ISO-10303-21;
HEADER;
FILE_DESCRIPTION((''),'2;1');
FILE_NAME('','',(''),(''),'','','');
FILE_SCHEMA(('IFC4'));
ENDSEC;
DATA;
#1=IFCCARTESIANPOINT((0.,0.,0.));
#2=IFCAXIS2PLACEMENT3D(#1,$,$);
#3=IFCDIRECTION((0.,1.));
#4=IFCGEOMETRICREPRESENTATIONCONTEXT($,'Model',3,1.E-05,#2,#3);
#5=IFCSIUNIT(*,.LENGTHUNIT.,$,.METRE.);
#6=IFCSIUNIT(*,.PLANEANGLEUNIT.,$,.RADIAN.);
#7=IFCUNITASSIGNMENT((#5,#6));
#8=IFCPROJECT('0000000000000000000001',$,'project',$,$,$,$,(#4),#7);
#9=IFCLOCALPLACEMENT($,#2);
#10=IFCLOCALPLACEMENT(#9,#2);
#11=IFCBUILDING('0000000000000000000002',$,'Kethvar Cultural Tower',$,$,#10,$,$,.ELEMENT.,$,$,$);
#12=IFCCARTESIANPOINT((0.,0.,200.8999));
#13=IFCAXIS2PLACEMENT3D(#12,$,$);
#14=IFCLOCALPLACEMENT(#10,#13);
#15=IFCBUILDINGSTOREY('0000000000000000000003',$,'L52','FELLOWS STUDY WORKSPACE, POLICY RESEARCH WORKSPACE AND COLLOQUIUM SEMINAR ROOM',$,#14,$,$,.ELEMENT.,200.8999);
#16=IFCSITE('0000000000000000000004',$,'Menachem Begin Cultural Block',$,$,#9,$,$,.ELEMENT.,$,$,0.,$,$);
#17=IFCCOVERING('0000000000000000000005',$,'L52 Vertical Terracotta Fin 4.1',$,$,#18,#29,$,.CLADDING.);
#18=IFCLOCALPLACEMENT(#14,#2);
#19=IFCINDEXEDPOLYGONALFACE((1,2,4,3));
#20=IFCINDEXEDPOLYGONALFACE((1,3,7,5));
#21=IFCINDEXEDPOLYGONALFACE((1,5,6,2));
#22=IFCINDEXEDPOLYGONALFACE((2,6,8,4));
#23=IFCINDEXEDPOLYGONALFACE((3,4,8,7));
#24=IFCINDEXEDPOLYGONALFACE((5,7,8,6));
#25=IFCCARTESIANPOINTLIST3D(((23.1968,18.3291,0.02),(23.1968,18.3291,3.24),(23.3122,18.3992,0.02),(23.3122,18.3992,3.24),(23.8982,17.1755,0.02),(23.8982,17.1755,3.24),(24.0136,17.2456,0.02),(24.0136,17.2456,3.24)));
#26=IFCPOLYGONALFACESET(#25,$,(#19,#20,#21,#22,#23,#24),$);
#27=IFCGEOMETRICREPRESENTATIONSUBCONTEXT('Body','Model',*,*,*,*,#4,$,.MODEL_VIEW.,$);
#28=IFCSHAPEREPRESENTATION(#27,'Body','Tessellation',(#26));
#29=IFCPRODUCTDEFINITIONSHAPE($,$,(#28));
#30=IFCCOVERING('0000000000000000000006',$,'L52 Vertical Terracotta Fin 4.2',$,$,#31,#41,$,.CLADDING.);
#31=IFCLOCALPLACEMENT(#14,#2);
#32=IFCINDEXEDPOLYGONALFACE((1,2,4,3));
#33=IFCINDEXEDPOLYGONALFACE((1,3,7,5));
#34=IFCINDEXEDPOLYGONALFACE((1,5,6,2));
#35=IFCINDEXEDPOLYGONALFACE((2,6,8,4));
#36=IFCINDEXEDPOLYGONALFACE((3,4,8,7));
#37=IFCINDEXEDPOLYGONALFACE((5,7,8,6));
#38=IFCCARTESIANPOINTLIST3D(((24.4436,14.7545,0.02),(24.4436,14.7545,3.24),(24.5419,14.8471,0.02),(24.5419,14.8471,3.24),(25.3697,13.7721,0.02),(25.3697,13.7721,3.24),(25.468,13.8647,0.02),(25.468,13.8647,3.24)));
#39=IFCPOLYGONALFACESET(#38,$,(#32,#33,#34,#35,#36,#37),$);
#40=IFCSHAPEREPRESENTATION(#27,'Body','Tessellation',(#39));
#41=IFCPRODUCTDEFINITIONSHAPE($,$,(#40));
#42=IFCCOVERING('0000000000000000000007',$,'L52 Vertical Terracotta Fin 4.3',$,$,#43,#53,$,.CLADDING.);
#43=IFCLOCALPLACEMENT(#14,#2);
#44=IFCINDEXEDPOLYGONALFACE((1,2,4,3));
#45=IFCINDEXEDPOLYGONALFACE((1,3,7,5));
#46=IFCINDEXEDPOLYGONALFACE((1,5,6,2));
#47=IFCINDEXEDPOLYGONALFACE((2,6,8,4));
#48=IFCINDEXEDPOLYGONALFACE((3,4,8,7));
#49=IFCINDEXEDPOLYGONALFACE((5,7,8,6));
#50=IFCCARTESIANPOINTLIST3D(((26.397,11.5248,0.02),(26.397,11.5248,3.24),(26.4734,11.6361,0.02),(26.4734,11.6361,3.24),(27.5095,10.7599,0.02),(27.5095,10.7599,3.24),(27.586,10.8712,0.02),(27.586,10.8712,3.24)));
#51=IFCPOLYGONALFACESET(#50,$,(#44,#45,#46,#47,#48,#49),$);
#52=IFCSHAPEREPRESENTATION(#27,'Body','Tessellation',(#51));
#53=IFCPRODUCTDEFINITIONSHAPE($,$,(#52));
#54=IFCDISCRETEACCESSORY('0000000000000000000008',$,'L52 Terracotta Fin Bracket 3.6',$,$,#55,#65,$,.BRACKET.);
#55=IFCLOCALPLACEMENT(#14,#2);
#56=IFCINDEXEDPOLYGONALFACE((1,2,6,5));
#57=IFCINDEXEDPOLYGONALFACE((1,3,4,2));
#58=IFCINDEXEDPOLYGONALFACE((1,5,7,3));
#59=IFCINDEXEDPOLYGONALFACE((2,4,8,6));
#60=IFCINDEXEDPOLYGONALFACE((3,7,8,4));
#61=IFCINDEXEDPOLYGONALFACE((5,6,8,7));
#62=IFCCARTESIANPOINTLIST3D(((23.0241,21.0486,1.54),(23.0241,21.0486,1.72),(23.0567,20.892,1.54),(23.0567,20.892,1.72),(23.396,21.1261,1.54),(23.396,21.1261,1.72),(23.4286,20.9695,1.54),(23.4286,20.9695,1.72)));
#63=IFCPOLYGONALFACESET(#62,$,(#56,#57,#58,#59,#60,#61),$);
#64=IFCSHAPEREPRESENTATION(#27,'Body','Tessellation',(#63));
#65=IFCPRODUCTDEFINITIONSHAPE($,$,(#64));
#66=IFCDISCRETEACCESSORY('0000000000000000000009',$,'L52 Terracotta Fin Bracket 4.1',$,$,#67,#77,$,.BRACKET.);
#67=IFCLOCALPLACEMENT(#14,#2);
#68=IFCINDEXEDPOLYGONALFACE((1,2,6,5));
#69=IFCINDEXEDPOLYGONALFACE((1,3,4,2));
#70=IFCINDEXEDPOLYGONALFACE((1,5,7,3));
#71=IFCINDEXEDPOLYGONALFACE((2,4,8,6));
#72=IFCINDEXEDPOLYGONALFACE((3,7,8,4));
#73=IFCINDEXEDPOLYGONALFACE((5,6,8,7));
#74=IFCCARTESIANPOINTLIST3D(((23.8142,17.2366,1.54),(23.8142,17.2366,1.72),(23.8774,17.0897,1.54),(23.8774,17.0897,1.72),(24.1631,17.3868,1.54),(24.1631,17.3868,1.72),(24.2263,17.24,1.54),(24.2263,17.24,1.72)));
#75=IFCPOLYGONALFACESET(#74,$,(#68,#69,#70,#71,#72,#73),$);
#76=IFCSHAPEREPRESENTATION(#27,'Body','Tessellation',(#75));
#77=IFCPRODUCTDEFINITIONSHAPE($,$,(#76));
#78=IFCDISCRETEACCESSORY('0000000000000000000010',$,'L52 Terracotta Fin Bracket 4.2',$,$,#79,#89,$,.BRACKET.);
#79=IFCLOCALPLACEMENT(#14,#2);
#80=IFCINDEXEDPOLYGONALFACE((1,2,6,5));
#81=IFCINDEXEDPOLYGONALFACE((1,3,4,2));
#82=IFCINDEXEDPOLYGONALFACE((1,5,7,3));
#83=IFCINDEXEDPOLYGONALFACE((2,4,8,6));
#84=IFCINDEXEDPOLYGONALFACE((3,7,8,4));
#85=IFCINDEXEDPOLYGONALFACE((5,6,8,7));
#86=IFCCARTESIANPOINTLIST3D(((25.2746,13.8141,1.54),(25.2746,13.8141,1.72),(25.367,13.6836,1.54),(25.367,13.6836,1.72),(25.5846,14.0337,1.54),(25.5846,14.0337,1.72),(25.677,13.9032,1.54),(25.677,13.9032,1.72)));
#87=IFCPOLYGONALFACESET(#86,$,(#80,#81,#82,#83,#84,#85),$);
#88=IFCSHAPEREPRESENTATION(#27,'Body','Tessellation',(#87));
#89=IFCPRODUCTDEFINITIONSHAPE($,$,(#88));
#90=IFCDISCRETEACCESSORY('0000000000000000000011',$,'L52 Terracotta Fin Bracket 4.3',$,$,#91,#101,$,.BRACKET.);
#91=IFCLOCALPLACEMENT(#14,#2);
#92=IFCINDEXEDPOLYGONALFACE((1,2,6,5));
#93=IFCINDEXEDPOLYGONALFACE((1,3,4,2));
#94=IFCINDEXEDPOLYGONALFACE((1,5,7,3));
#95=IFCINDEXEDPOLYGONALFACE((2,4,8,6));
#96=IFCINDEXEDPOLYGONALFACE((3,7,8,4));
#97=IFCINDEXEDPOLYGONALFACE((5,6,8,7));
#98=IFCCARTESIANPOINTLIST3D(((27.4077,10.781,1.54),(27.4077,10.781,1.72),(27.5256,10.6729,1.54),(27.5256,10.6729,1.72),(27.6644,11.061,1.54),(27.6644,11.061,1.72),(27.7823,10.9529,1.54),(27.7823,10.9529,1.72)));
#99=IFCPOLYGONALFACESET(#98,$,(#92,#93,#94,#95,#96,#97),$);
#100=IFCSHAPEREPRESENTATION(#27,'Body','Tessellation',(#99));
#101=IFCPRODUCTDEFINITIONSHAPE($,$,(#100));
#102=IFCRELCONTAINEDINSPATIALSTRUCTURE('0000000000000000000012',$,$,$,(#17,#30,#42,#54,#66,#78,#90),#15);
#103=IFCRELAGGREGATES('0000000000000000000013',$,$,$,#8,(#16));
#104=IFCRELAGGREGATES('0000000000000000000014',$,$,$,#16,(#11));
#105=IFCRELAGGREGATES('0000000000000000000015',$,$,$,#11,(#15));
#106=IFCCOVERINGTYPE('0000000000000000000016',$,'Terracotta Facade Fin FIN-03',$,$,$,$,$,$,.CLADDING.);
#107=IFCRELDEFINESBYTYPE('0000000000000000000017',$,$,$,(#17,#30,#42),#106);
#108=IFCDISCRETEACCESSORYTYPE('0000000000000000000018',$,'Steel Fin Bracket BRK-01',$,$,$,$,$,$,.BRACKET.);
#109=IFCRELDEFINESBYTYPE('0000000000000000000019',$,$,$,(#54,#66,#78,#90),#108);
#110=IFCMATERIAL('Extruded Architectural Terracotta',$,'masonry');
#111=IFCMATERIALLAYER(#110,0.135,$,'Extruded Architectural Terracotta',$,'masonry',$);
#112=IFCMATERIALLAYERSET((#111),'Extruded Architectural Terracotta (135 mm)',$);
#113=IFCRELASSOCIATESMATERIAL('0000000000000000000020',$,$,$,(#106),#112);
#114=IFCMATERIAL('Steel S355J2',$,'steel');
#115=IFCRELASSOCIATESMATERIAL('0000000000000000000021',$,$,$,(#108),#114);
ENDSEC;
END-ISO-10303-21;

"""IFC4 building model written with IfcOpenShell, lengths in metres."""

from ifc_helpers import new_model, si_unit, direction, frame, origin, origin_2d, place, context, subcontext, project, spatial, rectangle, extrude, source, transform, mapped, material, layer, layer_set, type_object, element, save


model = new_model("IFC4")

# Units and contexts
model_context = context("Model", 3, precision=1e-05, world=origin(), true_north=direction((0.0, 1.0)))
body_context = subcontext(model_context, "Body", "Model", "MODEL_VIEW")
ifc_project = project(units=[si_unit("LENGTHUNIT", "METRE"), si_unit("PLANEANGLEUNIT", "RADIAN")], contexts=[model_context])

# Site, building, storey
site_placement = place(None, origin())
site = spatial("IfcSite", under=ifc_project, at=site_placement, Name="Menachem Begin Cultural Block", CompositionType="ELEMENT", RefElevation=0.0)
building_placement = place(site_placement, origin())
building = spatial("IfcBuilding", under=site, at=building_placement, Name="Kethvar Cultural Tower", CompositionType="ELEMENT")
storey_placement = place(building_placement, frame((0.0, 0.0, 200.8999)))
storey = spatial("IfcBuildingStorey", under=building, at=storey_placement, Name="L52", Description="FELLOWS STUDY WORKSPACE, POLICY RESEARCH WORKSPACE AND COLLOQUIUM SEMINAR ROOM", CompositionType="ELEMENT", Elevation=200.8999)

# Shared definitions
ifc_material_1 = material(Name="Steel S355J2", Category="steel")

# Coverings
ifc_material_2 = material(Name="Extruded Architectural Terracotta", Category="masonry")
ifc_layer_1 = layer(ifc_material_2, 0.135, Name="Extruded Architectural Terracotta", Category="masonry")
ifc_layer_set_1 = layer_set([ifc_layer_1], Name="Extruded Architectural Terracotta (135 mm)")
covering_type_1 = type_object("IfcCoveringType", Name="Terracotta Facade Fin FIN-03", PredefinedType="CLADDING", material=ifc_layer_set_1)
shared_shape_1 = source(origin(), body_context, "Body", "SweptSolid", [
    extrude(rectangle(XDim=1.3501, YDim=0.135, at=origin_2d()), origin(), (0.0, 0.0, 1.0), 3.22),
])
for number, where, z_axis, x_axis, name in (
    (1, (23.6052, 17.7874, 0.02), (0.0, 0.0, 1.0), (-0.519519, 0.854459, 0.0), "L52 Vertical Terracotta Fin 4.1"),
    (2, (24.9558, 14.3096, 0.02), (0.0, 0.0, 1.0), (-0.685945, 0.727653, 0.0), "L52 Vertical Terracotta Fin 4.2"),
    (3, (26.9915, 11.198, 0.02), (0.0, 0.0, 1.0), (-0.824027, 0.56655, 0.0), "L52 Vertical Terracotta Fin 4.3"),
):
    element("IfcCovering", number, at=place(storey_placement, frame(where, z_axis=z_axis, x_axis=x_axis)), inside=storey, type_object=covering_type_1, Name=name, PredefinedType="CLADDING", context=body_context, shape_type="MappedRepresentation", body=[
        mapped(shared_shape_1, transform((0.0, 0.0, 0.0), scale=1.0)),
    ])

# Discrete accessories
discrete_accessory_type = type_object("IfcDiscreteAccessoryType", Name="Steel Fin Bracket BRK-01", PredefinedType="BRACKET", material=ifc_material_1)
shared_shape_2 = source(origin(), body_context, "Body", "SweptSolid", [
    extrude(rectangle(XDim=0.3799, YDim=0.1599, at=origin_2d()), origin(), (0.0, 0.0, 1.0), 0.1799),
])
for number, where, z_axis, x_axis, name in (
    (4, (23.2263, 21.009, 1.54), (0.0, 0.0, 1.0), (-0.978974, -0.203983, 0.0), "L52 Terracotta Fin Bracket 3.6"),
    (5, (24.0203, 17.2383, 1.54), (0.0, 0.0, 1.0), (-0.918446, -0.395546, 0.0), "L52 Terracotta Fin Bracket 4.1"),
    (6, (25.4758, 13.8586, 1.54), (0.0, 0.0, 1.0), (-0.816037, -0.578, 0.0), "L52 Terracotta Fin Bracket 4.2"),
    (7, (27.595, 10.8669, 1.54), (0.0, 0.0, 1.0), (-0.675719, -0.737159, 0.0), "L52 Terracotta Fin Bracket 4.3"),
):
    element("IfcDiscreteAccessory", number, at=place(storey_placement, frame(where, z_axis=z_axis, x_axis=x_axis)), inside=storey, type_object=discrete_accessory_type, Name=name, PredefinedType="BRACKET", context=body_context, shape_type="MappedRepresentation", body=[
        mapped(shared_shape_2, transform((0.0, 0.0, 0.0), scale=1.0)),
    ])

save(model, "model.ifc")
